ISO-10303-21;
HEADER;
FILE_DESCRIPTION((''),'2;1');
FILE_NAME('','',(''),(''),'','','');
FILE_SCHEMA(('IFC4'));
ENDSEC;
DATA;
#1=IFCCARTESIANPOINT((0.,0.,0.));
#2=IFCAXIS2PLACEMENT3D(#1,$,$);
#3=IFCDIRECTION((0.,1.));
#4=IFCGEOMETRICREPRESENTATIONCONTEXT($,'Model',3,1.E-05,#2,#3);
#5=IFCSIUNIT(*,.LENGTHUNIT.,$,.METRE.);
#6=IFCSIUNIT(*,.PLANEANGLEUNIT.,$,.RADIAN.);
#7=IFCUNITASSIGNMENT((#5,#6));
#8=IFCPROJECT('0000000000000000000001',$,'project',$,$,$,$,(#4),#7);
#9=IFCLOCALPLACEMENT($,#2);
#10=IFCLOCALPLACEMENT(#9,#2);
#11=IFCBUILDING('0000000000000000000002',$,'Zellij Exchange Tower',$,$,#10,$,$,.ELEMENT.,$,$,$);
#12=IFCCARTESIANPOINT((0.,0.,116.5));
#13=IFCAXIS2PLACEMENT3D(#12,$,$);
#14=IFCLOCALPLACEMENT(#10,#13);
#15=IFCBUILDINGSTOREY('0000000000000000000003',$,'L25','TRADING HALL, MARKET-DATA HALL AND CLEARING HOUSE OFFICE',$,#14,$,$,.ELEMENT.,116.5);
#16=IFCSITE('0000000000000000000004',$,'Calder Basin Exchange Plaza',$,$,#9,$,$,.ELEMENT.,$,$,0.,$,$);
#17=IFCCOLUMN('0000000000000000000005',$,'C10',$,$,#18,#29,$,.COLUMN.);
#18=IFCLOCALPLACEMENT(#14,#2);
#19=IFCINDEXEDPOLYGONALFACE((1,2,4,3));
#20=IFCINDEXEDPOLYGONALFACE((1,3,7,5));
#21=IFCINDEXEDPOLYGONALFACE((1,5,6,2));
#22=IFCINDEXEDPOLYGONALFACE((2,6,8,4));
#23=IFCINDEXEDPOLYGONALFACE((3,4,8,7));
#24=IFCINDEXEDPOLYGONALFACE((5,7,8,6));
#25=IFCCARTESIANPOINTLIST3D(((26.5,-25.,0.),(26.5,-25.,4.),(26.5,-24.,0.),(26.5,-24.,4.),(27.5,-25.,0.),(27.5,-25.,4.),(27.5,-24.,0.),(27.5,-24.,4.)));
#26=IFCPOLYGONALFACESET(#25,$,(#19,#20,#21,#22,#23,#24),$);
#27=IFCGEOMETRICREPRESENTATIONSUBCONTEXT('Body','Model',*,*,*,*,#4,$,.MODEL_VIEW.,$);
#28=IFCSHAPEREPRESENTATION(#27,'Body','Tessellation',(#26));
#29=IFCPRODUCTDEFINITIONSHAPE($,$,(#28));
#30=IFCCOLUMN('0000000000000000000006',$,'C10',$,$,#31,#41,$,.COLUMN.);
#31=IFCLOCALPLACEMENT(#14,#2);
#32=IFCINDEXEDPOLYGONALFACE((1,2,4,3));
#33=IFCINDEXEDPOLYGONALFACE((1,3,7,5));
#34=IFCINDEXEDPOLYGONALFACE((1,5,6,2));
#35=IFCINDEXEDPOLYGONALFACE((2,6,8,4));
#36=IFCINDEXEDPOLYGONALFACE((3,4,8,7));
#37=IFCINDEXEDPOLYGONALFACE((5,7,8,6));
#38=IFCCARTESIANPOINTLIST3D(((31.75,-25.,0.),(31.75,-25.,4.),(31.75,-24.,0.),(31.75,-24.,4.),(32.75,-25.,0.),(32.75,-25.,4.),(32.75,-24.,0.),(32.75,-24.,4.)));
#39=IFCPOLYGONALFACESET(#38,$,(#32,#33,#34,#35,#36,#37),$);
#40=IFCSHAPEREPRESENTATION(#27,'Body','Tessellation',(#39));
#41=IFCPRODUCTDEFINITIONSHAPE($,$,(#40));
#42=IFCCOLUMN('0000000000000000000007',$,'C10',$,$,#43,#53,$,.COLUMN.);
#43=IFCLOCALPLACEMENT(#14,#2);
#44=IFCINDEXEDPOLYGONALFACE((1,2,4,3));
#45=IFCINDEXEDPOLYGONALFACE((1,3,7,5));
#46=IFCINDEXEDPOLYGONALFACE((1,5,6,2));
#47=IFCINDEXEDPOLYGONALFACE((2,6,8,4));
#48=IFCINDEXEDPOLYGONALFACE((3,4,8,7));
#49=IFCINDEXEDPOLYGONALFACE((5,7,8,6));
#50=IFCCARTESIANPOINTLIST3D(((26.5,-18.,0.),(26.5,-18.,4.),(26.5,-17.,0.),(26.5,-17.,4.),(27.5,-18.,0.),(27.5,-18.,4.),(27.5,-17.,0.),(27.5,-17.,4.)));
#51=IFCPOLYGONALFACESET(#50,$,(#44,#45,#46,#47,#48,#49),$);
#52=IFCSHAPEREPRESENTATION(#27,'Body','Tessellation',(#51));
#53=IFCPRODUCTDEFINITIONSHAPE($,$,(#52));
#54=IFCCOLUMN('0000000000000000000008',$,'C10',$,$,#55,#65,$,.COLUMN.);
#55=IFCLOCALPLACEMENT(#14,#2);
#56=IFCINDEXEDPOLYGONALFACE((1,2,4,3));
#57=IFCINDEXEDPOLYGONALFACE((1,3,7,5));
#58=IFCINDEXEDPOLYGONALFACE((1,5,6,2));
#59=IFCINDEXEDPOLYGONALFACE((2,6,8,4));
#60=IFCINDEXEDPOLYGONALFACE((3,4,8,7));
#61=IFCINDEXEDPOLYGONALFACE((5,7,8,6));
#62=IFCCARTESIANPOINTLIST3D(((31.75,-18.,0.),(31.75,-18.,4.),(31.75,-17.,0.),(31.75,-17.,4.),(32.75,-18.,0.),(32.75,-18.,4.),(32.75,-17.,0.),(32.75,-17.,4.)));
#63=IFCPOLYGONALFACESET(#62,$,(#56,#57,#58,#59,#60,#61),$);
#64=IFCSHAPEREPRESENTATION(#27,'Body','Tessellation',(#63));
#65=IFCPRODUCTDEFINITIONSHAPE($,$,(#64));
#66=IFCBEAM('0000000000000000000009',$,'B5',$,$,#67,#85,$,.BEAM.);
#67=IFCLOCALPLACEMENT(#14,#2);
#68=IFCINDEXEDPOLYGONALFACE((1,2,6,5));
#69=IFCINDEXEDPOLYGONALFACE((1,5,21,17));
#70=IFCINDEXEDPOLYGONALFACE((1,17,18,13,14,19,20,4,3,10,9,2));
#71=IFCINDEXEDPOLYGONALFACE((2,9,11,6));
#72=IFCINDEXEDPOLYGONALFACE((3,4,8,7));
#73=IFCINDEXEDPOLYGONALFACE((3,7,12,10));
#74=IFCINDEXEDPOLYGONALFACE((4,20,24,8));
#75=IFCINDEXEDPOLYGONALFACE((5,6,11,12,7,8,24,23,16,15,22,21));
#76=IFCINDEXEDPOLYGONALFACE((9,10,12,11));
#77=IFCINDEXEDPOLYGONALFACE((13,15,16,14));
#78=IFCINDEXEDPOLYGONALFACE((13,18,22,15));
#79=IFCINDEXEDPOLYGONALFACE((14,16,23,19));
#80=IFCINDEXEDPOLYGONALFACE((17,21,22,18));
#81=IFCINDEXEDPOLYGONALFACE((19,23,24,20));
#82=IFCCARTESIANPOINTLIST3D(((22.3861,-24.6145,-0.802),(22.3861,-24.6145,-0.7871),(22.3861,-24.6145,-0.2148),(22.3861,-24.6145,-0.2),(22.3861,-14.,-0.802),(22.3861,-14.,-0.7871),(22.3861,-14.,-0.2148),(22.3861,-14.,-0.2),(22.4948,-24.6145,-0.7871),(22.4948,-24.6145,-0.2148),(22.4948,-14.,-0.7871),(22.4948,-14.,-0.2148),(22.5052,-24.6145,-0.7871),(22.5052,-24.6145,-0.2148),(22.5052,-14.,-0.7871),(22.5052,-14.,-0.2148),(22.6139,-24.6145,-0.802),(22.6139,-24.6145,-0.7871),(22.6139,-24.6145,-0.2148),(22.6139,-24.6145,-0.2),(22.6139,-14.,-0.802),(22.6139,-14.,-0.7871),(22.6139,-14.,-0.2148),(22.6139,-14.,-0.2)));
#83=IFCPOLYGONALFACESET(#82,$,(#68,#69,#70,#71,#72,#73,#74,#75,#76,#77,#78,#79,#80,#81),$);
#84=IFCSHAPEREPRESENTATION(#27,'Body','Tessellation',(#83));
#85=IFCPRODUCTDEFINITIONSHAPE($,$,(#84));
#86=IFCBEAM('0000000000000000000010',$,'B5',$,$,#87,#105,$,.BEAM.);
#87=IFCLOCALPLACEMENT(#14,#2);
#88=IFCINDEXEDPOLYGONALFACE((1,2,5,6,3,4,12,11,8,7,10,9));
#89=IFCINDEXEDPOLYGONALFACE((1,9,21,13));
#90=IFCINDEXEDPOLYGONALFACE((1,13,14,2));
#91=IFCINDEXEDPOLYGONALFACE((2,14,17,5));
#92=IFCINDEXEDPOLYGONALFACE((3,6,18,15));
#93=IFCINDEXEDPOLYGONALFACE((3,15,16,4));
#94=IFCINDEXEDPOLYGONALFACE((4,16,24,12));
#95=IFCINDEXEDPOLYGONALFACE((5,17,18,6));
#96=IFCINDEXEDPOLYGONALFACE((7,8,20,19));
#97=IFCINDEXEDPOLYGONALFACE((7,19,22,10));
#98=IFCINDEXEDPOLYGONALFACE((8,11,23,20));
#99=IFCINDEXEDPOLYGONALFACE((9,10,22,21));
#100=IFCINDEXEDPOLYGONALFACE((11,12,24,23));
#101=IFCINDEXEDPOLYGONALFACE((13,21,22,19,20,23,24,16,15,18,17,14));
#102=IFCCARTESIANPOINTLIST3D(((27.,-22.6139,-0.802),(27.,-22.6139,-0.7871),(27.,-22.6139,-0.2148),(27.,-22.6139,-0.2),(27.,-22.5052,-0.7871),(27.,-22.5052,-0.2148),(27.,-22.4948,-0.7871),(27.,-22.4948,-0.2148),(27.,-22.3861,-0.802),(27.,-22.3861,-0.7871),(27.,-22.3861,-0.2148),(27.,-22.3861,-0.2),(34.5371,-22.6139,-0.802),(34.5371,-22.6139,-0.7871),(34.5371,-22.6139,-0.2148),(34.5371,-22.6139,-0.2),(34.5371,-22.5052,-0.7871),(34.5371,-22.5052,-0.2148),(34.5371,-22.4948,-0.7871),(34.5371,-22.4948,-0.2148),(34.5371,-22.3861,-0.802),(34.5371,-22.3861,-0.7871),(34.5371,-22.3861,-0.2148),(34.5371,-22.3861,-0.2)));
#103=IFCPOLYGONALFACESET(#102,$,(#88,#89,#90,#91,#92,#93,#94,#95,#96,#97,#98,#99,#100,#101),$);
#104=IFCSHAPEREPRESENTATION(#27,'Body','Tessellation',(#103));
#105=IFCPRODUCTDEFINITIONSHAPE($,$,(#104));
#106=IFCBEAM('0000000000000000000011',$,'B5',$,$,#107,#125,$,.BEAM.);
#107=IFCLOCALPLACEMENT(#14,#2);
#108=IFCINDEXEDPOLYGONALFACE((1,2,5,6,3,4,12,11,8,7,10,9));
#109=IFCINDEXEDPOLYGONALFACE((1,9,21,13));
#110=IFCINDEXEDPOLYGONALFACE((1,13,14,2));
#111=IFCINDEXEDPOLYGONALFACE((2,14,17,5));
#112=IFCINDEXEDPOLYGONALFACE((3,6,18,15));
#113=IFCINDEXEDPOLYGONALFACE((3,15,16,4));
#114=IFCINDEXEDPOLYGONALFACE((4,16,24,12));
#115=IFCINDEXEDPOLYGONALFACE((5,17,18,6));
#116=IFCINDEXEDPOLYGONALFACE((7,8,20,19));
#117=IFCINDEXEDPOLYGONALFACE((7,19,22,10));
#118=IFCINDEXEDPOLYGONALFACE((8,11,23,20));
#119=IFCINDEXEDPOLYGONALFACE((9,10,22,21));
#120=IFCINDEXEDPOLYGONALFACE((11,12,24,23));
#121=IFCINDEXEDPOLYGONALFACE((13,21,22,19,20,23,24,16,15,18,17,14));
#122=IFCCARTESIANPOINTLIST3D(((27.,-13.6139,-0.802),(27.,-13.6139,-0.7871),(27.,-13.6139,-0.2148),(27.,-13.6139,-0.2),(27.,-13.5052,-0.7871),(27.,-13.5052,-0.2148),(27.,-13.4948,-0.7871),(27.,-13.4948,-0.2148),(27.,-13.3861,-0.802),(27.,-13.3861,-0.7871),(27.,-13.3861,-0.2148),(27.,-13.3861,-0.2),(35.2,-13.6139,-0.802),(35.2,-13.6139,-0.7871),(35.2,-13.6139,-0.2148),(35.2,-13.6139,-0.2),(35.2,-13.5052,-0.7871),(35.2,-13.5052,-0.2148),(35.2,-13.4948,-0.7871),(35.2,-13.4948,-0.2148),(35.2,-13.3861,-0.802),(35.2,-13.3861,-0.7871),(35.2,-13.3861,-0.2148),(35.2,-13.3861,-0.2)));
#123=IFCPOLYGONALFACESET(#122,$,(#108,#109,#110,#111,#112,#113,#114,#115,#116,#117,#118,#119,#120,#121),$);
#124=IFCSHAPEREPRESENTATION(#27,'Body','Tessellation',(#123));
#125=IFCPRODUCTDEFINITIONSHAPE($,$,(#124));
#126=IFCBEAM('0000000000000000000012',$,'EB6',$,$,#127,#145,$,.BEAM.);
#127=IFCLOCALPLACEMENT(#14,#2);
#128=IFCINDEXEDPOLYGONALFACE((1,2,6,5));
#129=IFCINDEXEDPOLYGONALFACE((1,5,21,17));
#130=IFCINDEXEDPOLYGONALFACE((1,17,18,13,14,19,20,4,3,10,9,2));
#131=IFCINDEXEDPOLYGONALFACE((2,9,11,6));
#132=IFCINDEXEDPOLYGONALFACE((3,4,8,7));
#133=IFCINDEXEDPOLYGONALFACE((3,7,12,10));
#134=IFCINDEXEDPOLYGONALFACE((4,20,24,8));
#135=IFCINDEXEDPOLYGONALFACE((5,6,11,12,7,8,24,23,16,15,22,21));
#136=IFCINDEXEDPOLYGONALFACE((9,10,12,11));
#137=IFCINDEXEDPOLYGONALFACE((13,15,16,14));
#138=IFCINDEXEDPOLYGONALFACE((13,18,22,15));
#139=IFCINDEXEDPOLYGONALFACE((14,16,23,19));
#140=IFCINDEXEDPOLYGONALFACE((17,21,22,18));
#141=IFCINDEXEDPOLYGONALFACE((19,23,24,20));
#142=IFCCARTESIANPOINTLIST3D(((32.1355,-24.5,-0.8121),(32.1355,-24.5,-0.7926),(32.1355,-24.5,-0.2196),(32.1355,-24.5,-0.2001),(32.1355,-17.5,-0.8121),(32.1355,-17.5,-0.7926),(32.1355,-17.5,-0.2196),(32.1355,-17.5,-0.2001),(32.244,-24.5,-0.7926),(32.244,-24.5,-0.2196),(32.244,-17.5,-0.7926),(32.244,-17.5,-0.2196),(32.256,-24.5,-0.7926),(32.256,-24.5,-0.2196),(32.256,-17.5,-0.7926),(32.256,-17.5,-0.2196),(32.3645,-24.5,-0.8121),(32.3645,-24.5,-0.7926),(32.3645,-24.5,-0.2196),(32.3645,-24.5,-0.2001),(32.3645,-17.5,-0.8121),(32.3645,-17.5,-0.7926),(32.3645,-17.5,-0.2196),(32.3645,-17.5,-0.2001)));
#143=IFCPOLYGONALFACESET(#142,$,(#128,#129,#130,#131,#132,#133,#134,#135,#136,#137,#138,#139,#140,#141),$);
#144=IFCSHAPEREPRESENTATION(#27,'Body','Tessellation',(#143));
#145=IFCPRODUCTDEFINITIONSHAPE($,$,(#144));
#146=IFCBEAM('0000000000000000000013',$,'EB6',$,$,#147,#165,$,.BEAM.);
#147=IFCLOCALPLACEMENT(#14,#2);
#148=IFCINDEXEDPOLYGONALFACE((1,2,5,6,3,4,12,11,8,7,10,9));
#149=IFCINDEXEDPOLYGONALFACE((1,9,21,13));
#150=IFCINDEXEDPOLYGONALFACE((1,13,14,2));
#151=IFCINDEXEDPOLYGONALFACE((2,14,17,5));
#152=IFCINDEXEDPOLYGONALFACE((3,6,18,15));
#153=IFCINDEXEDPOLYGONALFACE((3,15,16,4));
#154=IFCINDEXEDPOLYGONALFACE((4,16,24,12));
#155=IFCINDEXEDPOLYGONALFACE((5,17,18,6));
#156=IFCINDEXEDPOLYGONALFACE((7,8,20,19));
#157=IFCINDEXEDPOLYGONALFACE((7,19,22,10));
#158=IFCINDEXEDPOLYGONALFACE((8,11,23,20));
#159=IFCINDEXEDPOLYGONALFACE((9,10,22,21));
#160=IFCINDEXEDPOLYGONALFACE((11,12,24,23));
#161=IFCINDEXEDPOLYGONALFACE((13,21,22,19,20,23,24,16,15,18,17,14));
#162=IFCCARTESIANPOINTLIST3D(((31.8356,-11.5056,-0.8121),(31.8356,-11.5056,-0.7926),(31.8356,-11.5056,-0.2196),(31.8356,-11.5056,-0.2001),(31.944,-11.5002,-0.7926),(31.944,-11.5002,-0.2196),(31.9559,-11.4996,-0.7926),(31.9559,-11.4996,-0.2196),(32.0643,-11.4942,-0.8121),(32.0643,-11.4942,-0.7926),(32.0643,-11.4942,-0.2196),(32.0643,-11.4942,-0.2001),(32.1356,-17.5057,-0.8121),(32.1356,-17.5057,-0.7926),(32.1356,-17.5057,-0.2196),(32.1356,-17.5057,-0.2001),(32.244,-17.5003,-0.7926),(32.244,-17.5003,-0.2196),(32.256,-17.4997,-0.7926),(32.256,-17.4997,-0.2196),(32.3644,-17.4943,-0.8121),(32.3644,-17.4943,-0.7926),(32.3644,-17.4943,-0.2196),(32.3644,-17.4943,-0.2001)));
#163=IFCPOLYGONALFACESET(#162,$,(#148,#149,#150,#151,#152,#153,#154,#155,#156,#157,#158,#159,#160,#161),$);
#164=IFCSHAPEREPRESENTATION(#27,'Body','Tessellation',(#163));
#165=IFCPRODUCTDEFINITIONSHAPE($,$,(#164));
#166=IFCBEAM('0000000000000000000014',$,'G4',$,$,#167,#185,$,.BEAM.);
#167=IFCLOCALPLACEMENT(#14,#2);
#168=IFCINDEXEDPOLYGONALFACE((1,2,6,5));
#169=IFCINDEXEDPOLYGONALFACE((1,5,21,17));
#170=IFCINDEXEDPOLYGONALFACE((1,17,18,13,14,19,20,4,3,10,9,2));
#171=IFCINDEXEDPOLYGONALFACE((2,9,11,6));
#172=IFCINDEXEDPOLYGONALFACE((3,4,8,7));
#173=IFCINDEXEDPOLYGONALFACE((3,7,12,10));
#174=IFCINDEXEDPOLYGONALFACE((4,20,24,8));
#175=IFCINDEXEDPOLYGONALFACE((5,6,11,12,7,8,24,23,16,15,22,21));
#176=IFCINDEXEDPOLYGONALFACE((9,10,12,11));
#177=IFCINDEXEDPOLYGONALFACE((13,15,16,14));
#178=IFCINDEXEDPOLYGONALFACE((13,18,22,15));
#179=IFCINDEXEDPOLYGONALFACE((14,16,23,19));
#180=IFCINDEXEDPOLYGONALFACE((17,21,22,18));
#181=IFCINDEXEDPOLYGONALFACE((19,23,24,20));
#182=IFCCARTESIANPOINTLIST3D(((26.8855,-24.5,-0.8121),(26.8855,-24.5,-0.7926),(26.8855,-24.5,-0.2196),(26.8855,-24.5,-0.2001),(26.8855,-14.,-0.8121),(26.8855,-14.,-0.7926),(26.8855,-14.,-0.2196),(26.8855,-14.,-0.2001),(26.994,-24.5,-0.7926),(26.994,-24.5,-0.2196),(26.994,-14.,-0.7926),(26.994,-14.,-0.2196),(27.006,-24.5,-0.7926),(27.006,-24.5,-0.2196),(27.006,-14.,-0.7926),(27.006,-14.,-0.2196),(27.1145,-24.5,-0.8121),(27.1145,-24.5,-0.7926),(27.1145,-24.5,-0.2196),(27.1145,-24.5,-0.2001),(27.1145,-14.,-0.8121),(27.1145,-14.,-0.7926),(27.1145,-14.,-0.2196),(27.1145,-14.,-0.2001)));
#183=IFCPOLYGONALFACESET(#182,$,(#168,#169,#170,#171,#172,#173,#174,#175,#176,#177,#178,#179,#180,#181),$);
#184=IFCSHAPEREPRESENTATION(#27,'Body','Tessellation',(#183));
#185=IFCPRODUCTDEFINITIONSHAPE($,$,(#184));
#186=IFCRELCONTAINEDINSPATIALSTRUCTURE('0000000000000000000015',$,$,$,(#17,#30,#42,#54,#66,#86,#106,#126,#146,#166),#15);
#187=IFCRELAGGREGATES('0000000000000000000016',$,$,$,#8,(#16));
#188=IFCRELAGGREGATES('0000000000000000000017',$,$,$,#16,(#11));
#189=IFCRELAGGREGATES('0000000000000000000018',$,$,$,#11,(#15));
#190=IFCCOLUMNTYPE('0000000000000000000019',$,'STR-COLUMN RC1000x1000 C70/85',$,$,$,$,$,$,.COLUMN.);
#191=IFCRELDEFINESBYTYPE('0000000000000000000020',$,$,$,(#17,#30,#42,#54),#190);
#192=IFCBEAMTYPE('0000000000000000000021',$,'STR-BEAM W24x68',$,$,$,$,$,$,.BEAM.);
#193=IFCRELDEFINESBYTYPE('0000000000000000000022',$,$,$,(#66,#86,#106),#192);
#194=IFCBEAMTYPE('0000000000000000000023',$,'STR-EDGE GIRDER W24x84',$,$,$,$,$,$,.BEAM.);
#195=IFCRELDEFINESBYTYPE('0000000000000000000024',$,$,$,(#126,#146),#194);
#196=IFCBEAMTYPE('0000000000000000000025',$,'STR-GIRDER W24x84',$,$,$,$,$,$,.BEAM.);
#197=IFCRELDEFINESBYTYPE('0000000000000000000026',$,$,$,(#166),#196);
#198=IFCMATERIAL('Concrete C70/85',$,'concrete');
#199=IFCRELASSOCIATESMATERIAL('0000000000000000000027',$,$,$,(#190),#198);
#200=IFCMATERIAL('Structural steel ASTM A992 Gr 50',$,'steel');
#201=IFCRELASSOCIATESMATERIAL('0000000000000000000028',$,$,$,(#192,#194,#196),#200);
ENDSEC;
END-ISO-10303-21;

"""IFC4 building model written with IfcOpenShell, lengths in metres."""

from ifc_helpers import new_model, si_unit, direction, frame, origin, origin_2d, place, context, subcontext, project, spatial, rectangle, i_section, extrude, material, material_profile, profile_set, type_object, element, save


model = new_model("IFC4")

# Units and contexts
model_context = context("Model", 3, precision=1e-05, world=origin(), true_north=direction((0.0, 1.0)))
body_context = subcontext(model_context, "Body", "Model", "MODEL_VIEW")
ifc_project = project(units=[si_unit("LENGTHUNIT", "METRE"), si_unit("PLANEANGLEUNIT", "RADIAN")], contexts=[model_context])

# Site, building, storey
site_placement = place(None, origin())
site = spatial("IfcSite", under=ifc_project, at=site_placement, Name="Calder Basin Exchange Plaza", CompositionType="ELEMENT", RefElevation=0.0)
building_placement = place(site_placement, origin())
building = spatial("IfcBuilding", under=site, at=building_placement, Name="Zellij Exchange Tower", CompositionType="ELEMENT")
storey_placement = place(building_placement, frame((0.0, 0.0, 116.5)))
storey = spatial("IfcBuildingStorey", under=building, at=storey_placement, Name="L25", Description="TRADING HALL, MARKET-DATA HALL AND CLEARING HOUSE OFFICE", CompositionType="ELEMENT", Elevation=116.5)

# Columns
ifc_material_1 = material(Name="Concrete C70/85", Category="concrete")
ifc_material_profile_1 = material_profile(ifc_material_1, rectangle(XDim=1.0, YDim=1.0, at=origin_2d()), Name="STR-COLUMN RC1000x1000 C70/85")
ifc_profile_set_1 = profile_set([ifc_material_profile_1], Name="Concrete C70/85")
column_type = type_object("IfcColumnType", Name="STR-COLUMN RC1000x1000 C70/85", PredefinedType="COLUMN", material=ifc_profile_set_1)
for number, where, z_axis, x_axis, name in (
    (1, (27.0, -24.5, 0.0), (0.0, 0.0, 1.0), (1.0, 0.0, 0.0), "C10"),
    (2, (32.25, -24.5, 0.0), (0.0, 0.0, 1.0), (1.0, 0.0, 0.0), "C10"),
    (3, (27.0, -17.5, 0.0), (0.0, 0.0, 1.0), (1.0, 0.0, 0.0), "C10"),
    (4, (32.25, -17.5, 0.0), (0.0, 0.0, 1.0), (1.0, 0.0, 0.0), "C10"),
):
    element("IfcColumn", number, at=place(storey_placement, frame(where, z_axis=z_axis, x_axis=x_axis)), inside=storey, type_object=column_type, Name=name, PredefinedType="COLUMN", context=body_context, shape_type="SweptSolid", body=[
        extrude(rectangle(XDim=1.0, YDim=1.0, at=origin_2d()), origin(), (0.0, 0.0, 1.0), 4.0),
    ])

# Beams
ifc_material_2 = material(Name="Structural steel ASTM A992 Gr 50", Category="steel")
ifc_material_profile_2 = material_profile(ifc_material_2, i_section(OverallWidth=0.2278, OverallDepth=0.6021, WebThickness=0.0105, FlangeThickness=0.0149, at=origin_2d()), Name="W24x68")
ifc_profile_set_2 = profile_set([ifc_material_profile_2], Name="Structural steel ASTM A992 Gr 50")
beam_type_1 = type_object("IfcBeamType", Name="STR-BEAM W24x68", PredefinedType="BEAM", material=ifc_profile_set_2)
beam_1_placement = place(storey_placement, frame((22.5, -24.6145, -0.501), z_axis=(0.0, 1.0, 0.0), x_axis=(-1.0, 0.0, 0.0)))
element("IfcBeam", 5, at=beam_1_placement, inside=storey, type_object=beam_type_1, Name="B5", PredefinedType="BEAM", context=body_context, shape_type="SweptSolid", body=[
    extrude(i_section(OverallWidth=0.2278, OverallDepth=0.6021, WebThickness=0.0105, FlangeThickness=0.0149, at=origin_2d()), origin(), (0.0, 0.0, 1.0), 10.6145),
])
beam_2_placement = place(storey_placement, frame((27.0, -22.5, -0.501), z_axis=(1.0, 0.0, 0.0), x_axis=(0.0, 1.0, 0.0)))
element("IfcBeam", 6, at=beam_2_placement, inside=storey, type_object=beam_type_1, Name="B5", PredefinedType="BEAM", context=body_context, shape_type="SweptSolid", body=[
    extrude(i_section(OverallWidth=0.2278, OverallDepth=0.6021, WebThickness=0.0105, FlangeThickness=0.0149, at=origin_2d()), origin(), (0.0, 0.0, 1.0), 7.5371),
])
beam_3_placement = place(storey_placement, frame((27.0, -13.5, -0.501), z_axis=(1.0, 0.0, 0.0), x_axis=(0.0, 1.0, 0.0)))
element("IfcBeam", 7, at=beam_3_placement, inside=storey, type_object=beam_type_1, Name="B5", PredefinedType="BEAM", context=body_context, shape_type="SweptSolid", body=[
    extrude(i_section(OverallWidth=0.2278, OverallDepth=0.6021, WebThickness=0.0105, FlangeThickness=0.0149, at=origin_2d()), origin(), (0.0, 0.0, 1.0), 8.2),
])
ifc_material_profile_3 = material_profile(ifc_material_2, i_section(OverallWidth=0.229, OverallDepth=0.6121, WebThickness=0.012, FlangeThickness=0.0195, at=origin_2d()), Name="W24x84")
ifc_profile_set_3 = profile_set([ifc_material_profile_3], Name="Structural steel ASTM A992 Gr 50")
beam_type_2 = type_object("IfcBeamType", Name="STR-EDGE GIRDER W24x84", PredefinedType="BEAM", material=ifc_profile_set_3)
beam_4_placement = place(storey_placement, frame((32.25, -24.5, -0.5061), z_axis=(0.0, 1.0, 0.0), x_axis=(-1.0, 0.0, 0.0)))
element("IfcBeam", 8, at=beam_4_placement, inside=storey, type_object=beam_type_2, Name="EB6", PredefinedType="BEAM", context=body_context, shape_type="SweptSolid", body=[
    extrude(i_section(OverallWidth=0.229, OverallDepth=0.6121, WebThickness=0.012, FlangeThickness=0.0195, at=origin_2d()), origin(), (0.0, 0.0, 1.0), 7.0),
])
beam_5_placement = place(storey_placement, frame((32.25, -17.5, -0.5061), z_axis=(-0.049946, 0.998752, 0.0), x_axis=(-0.998752, -0.049946, 0.0)))
element("IfcBeam", 9, at=beam_5_placement, inside=storey, type_object=beam_type_2, Name="EB6", PredefinedType="BEAM", context=body_context, shape_type="SweptSolid", body=[
    extrude(i_section(OverallWidth=0.229, OverallDepth=0.6121, WebThickness=0.012, FlangeThickness=0.0195, at=origin_2d()), origin(), (0.0, 0.0, 1.0), 6.0076),
])
ifc_material_profile_4 = material_profile(ifc_material_2, i_section(OverallWidth=0.229, OverallDepth=0.6121, WebThickness=0.012, FlangeThickness=0.0195, at=origin_2d()), Name="W24x84")
ifc_profile_set_4 = profile_set([ifc_material_profile_4], Name="Structural steel ASTM A992 Gr 50")
beam_type_3 = type_object("IfcBeamType", Name="STR-GIRDER W24x84", PredefinedType="BEAM", material=ifc_profile_set_4)
beam_6_placement = place(storey_placement, frame((27.0, -24.5, -0.5061), z_axis=(0.0, 1.0, 0.0), x_axis=(-1.0, 0.0, 0.0)))
element("IfcBeam", 10, at=beam_6_placement, inside=storey, type_object=beam_type_3, Name="G4", PredefinedType="BEAM", context=body_context, shape_type="SweptSolid", body=[
    extrude(i_section(OverallWidth=0.229, OverallDepth=0.6121, WebThickness=0.012, FlangeThickness=0.0195, at=origin_2d()), origin(), (0.0, 0.0, 1.0), 10.5),
])

save(model, "model.ifc")
